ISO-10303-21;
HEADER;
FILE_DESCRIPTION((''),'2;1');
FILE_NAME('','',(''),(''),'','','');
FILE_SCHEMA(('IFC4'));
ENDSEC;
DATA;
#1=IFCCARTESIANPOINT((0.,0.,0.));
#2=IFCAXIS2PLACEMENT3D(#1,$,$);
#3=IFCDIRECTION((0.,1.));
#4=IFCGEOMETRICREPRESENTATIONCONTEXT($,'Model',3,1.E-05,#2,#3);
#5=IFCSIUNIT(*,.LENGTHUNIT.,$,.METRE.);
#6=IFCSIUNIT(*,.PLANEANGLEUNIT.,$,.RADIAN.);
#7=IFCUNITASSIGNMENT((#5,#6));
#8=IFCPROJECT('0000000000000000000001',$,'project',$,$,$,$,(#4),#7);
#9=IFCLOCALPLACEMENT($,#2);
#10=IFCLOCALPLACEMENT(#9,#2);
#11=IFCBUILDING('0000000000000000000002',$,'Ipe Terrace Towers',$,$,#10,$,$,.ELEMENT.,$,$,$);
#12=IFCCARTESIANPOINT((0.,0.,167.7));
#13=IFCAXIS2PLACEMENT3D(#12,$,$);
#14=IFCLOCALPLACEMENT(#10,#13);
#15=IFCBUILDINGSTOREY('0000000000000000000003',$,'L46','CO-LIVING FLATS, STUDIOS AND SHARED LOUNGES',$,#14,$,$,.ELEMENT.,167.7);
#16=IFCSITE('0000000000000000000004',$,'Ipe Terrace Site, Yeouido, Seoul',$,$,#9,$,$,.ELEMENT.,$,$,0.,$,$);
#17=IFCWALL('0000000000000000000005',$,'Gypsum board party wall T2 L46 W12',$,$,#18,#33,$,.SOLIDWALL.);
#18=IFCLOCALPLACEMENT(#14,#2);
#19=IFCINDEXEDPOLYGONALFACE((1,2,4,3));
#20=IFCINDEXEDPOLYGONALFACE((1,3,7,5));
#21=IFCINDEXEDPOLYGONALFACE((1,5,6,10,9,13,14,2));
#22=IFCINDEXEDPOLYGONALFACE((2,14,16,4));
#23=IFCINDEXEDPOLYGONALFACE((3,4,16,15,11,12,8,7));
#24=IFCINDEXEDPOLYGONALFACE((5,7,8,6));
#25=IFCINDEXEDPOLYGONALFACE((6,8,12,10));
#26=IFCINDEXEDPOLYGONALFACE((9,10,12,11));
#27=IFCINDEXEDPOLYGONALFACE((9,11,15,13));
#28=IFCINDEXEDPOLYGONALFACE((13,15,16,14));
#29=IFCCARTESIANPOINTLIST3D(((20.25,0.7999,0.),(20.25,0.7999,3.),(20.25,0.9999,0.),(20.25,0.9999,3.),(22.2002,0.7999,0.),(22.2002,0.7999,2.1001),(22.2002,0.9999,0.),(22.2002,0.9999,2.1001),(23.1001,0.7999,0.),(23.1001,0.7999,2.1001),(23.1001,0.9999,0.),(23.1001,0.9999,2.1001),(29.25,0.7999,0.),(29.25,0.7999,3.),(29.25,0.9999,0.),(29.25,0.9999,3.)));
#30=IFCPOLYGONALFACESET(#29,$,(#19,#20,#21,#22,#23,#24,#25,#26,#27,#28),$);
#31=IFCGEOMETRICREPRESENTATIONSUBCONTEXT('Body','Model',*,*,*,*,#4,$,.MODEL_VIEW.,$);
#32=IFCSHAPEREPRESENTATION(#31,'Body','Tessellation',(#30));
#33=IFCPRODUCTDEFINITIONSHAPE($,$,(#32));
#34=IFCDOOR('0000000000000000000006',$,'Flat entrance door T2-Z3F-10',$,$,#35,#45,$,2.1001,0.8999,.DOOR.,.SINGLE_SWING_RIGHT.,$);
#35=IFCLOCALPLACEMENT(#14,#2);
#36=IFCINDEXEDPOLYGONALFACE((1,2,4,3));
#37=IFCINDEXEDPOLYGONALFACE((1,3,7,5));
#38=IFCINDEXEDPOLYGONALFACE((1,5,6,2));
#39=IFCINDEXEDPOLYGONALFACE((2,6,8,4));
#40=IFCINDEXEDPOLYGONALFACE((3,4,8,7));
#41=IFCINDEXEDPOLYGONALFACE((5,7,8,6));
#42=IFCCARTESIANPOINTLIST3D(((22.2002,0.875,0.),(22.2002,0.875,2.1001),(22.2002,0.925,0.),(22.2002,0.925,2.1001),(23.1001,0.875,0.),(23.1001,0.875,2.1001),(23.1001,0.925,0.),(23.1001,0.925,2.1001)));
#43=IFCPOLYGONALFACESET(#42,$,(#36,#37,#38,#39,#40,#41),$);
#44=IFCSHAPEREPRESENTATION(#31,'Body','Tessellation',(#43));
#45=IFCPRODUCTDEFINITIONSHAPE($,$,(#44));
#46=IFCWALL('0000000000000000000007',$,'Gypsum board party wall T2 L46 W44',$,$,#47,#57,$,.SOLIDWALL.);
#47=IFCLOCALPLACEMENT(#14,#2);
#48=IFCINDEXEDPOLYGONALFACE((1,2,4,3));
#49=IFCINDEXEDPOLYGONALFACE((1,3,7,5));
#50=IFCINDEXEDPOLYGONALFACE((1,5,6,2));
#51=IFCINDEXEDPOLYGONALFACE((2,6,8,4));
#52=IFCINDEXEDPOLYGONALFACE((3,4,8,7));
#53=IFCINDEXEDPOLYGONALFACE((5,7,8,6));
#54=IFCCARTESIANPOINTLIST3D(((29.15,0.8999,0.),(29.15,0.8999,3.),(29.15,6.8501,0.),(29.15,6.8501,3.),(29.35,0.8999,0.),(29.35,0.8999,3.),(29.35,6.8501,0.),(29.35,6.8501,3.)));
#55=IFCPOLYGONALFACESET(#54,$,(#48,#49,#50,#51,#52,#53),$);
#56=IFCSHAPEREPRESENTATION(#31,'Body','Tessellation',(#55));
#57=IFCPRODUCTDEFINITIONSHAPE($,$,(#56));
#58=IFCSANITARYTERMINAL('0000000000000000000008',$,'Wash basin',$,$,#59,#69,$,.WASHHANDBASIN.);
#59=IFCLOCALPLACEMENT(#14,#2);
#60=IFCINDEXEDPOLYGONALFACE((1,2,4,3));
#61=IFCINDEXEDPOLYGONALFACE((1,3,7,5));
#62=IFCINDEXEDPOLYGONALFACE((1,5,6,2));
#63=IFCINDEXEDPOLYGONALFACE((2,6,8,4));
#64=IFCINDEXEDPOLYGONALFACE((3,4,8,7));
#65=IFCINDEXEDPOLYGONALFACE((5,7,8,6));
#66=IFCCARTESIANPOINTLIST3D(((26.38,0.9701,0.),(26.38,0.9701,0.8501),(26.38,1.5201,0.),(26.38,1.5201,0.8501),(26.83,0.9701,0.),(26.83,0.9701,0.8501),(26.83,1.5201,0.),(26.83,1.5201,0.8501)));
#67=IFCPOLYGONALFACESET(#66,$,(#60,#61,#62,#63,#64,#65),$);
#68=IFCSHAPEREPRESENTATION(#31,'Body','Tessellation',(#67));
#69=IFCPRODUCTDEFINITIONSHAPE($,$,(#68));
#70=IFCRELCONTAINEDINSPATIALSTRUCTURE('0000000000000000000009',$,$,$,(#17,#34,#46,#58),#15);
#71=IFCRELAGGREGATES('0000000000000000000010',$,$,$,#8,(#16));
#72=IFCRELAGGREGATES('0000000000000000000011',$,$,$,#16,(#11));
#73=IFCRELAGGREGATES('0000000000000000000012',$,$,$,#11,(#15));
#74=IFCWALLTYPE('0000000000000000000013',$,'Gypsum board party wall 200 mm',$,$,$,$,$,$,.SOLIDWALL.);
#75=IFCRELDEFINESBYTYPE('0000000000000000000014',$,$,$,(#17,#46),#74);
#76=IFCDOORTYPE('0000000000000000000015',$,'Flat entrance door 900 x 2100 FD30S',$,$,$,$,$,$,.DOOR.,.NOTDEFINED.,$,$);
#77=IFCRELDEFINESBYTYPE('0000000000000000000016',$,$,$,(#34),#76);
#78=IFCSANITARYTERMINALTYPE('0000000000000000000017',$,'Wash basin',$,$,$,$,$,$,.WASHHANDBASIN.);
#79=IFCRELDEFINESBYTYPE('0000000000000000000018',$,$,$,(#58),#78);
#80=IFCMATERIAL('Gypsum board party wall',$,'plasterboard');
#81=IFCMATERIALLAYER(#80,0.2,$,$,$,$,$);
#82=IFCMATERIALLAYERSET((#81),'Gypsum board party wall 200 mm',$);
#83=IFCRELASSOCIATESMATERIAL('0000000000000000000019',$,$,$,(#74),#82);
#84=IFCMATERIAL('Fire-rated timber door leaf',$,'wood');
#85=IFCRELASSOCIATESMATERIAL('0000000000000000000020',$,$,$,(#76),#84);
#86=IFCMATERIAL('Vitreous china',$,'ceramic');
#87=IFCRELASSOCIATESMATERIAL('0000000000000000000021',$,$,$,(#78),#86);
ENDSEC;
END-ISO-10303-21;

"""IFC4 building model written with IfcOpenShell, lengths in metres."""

from ifc_helpers import new_model, si_unit, direction, frame, frame_2d, origin, origin_2d, place, context, subcontext, project, spatial, rectangle, extrude, material, layer, layer_set, type_object, element, fill, save


model = new_model("IFC4")

# Units and contexts
model_context = context("Model", 3, precision=1e-05, world=origin(), true_north=direction((0.0, 1.0)))
body_context = subcontext(model_context, "Body", "Model", "MODEL_VIEW")
ifc_project = project(units=[si_unit("LENGTHUNIT", "METRE"), si_unit("PLANEANGLEUNIT", "RADIAN")], contexts=[model_context])

# Site, building, storey
site_placement = place(None, origin())
site = spatial("IfcSite", under=ifc_project, at=site_placement, Name="Ipe Terrace Site, Yeouido, Seoul", CompositionType="ELEMENT", RefElevation=0.0)
building_placement = place(site_placement, origin())
building = spatial("IfcBuilding", under=site, at=building_placement, Name="Ipe Terrace Towers", CompositionType="ELEMENT")
storey_placement = place(building_placement, frame((0.0, 0.0, 167.7)))
storey = spatial("IfcBuildingStorey", under=building, at=storey_placement, Name="L46", Description="CO-LIVING FLATS, STUDIOS AND SHARED LOUNGES", CompositionType="ELEMENT", Elevation=167.7)

# Wall, opening, door
ifc_material_1 = material(Name="Gypsum board party wall", Category="plasterboard")
ifc_layer_1 = layer(ifc_material_1, 0.2)
ifc_layer_set_1 = layer_set([ifc_layer_1], Name="Gypsum board party wall 200 mm")
wall_type_1 = type_object("IfcWallType", Name="Gypsum board party wall 200 mm", PredefinedType="SOLIDWALL", material=ifc_layer_set_1)
ifc_material_2 = material(Name="Fire-rated timber door leaf", Category="wood")
door_type_1 = type_object("IfcDoorType", Name="Flat entrance door 900 x 2100 FD30S", OperationType="NOTDEFINED", PredefinedType="DOOR", material=ifc_material_2)
wall_1_placement = place(storey_placement, frame((29.25, 0.8999, 0.0), z_axis=(0.0, 0.0, 1.0), x_axis=(-1.0, 0.0, 0.0)))
wall_1 = element("IfcWall", 1, at=wall_1_placement, inside=storey, type_object=wall_type_1, Name="Gypsum board party wall T2 L46 W12", PredefinedType="SOLIDWALL", context=body_context, shape_type="SweptSolid", body=[
    extrude(rectangle(XDim=9.0, YDim=0.2, at=frame_2d((4.5, 0.0))), origin(), (0.0, 0.0, 1.0), 3.0),
])
opening_1_placement = place(wall_1_placement, frame((6.1499, 0.0, 0.0)))
opening_1 = element("IfcOpeningElement", 2, at=opening_1_placement, cuts=wall_1, PredefinedType="OPENING", context=body_context, shape_type="SweptSolid", body=[
    extrude(rectangle(XDim=0.8999, YDim=2.1001, at=frame_2d((0.45, 1.05))), frame((0.0, 0.1099, 0.0), z_axis=(0.0, -1.0, 0.0), x_axis=(1.0, 0.0, 0.0)), (0.0, 0.0, 1.0), 0.22),
])
door_1_placement = place(opening_1_placement, origin())
door_1 = element("IfcDoor", 3, at=door_1_placement, inside=storey, type_object=door_type_1, Name="Flat entrance door T2-Z3F-10", OperationType="SINGLE_SWING_RIGHT", OverallHeight=2.1001, OverallWidth=0.8999, PredefinedType="DOOR", context=body_context, shape_type="SweptSolid", body=[
    extrude(rectangle(XDim=0.8999, YDim=2.1001, at=frame_2d((0.45, 1.05))), frame((0.0, 0.0249, 0.0), z_axis=(0.0, -1.0, 0.0), x_axis=(1.0, 0.0, 0.0)), (0.0, 0.0, 1.0), 0.05),
])
fill(opening_1, door_1)

# Wall
wall_2_placement = place(storey_placement, frame((29.25, 0.8999, 0.0), z_axis=(0.0, 0.0, 1.0), x_axis=(0.0, 1.0, 0.0)))
element("IfcWall", 4, at=wall_2_placement, inside=storey, type_object=wall_type_1, Name="Gypsum board party wall T2 L46 W44", PredefinedType="SOLIDWALL", context=body_context, shape_type="SweptSolid", body=[
    extrude(rectangle(XDim=5.9502, YDim=0.2, at=frame_2d((2.9751, 0.0))), origin(), (0.0, 0.0, 1.0), 3.0),
])

# Sanitary terminal
ifc_material_3 = material(Name="Vitreous china", Category="ceramic")
sanitary_terminal_type = type_object("IfcSanitaryTerminalType", Name="Wash basin", PredefinedType="WASHHANDBASIN", material=ifc_material_3)
sanitary_terminal_placement = place(storey_placement, frame((26.605, 1.2451, 0.0), z_axis=(0.0, 0.0, 1.0), x_axis=(0.0, 1.0, 0.0)))
element("IfcSanitaryTerminal", 5, at=sanitary_terminal_placement, inside=storey, type_object=sanitary_terminal_type, Name="Wash basin", PredefinedType="WASHHANDBASIN", context=body_context, shape_type="SweptSolid", body=[
    extrude(rectangle(XDim=0.55, YDim=0.45, at=origin_2d()), origin(), (0.0, 0.0, 1.0), 0.8501),
])

save(model, "model.ifc")
